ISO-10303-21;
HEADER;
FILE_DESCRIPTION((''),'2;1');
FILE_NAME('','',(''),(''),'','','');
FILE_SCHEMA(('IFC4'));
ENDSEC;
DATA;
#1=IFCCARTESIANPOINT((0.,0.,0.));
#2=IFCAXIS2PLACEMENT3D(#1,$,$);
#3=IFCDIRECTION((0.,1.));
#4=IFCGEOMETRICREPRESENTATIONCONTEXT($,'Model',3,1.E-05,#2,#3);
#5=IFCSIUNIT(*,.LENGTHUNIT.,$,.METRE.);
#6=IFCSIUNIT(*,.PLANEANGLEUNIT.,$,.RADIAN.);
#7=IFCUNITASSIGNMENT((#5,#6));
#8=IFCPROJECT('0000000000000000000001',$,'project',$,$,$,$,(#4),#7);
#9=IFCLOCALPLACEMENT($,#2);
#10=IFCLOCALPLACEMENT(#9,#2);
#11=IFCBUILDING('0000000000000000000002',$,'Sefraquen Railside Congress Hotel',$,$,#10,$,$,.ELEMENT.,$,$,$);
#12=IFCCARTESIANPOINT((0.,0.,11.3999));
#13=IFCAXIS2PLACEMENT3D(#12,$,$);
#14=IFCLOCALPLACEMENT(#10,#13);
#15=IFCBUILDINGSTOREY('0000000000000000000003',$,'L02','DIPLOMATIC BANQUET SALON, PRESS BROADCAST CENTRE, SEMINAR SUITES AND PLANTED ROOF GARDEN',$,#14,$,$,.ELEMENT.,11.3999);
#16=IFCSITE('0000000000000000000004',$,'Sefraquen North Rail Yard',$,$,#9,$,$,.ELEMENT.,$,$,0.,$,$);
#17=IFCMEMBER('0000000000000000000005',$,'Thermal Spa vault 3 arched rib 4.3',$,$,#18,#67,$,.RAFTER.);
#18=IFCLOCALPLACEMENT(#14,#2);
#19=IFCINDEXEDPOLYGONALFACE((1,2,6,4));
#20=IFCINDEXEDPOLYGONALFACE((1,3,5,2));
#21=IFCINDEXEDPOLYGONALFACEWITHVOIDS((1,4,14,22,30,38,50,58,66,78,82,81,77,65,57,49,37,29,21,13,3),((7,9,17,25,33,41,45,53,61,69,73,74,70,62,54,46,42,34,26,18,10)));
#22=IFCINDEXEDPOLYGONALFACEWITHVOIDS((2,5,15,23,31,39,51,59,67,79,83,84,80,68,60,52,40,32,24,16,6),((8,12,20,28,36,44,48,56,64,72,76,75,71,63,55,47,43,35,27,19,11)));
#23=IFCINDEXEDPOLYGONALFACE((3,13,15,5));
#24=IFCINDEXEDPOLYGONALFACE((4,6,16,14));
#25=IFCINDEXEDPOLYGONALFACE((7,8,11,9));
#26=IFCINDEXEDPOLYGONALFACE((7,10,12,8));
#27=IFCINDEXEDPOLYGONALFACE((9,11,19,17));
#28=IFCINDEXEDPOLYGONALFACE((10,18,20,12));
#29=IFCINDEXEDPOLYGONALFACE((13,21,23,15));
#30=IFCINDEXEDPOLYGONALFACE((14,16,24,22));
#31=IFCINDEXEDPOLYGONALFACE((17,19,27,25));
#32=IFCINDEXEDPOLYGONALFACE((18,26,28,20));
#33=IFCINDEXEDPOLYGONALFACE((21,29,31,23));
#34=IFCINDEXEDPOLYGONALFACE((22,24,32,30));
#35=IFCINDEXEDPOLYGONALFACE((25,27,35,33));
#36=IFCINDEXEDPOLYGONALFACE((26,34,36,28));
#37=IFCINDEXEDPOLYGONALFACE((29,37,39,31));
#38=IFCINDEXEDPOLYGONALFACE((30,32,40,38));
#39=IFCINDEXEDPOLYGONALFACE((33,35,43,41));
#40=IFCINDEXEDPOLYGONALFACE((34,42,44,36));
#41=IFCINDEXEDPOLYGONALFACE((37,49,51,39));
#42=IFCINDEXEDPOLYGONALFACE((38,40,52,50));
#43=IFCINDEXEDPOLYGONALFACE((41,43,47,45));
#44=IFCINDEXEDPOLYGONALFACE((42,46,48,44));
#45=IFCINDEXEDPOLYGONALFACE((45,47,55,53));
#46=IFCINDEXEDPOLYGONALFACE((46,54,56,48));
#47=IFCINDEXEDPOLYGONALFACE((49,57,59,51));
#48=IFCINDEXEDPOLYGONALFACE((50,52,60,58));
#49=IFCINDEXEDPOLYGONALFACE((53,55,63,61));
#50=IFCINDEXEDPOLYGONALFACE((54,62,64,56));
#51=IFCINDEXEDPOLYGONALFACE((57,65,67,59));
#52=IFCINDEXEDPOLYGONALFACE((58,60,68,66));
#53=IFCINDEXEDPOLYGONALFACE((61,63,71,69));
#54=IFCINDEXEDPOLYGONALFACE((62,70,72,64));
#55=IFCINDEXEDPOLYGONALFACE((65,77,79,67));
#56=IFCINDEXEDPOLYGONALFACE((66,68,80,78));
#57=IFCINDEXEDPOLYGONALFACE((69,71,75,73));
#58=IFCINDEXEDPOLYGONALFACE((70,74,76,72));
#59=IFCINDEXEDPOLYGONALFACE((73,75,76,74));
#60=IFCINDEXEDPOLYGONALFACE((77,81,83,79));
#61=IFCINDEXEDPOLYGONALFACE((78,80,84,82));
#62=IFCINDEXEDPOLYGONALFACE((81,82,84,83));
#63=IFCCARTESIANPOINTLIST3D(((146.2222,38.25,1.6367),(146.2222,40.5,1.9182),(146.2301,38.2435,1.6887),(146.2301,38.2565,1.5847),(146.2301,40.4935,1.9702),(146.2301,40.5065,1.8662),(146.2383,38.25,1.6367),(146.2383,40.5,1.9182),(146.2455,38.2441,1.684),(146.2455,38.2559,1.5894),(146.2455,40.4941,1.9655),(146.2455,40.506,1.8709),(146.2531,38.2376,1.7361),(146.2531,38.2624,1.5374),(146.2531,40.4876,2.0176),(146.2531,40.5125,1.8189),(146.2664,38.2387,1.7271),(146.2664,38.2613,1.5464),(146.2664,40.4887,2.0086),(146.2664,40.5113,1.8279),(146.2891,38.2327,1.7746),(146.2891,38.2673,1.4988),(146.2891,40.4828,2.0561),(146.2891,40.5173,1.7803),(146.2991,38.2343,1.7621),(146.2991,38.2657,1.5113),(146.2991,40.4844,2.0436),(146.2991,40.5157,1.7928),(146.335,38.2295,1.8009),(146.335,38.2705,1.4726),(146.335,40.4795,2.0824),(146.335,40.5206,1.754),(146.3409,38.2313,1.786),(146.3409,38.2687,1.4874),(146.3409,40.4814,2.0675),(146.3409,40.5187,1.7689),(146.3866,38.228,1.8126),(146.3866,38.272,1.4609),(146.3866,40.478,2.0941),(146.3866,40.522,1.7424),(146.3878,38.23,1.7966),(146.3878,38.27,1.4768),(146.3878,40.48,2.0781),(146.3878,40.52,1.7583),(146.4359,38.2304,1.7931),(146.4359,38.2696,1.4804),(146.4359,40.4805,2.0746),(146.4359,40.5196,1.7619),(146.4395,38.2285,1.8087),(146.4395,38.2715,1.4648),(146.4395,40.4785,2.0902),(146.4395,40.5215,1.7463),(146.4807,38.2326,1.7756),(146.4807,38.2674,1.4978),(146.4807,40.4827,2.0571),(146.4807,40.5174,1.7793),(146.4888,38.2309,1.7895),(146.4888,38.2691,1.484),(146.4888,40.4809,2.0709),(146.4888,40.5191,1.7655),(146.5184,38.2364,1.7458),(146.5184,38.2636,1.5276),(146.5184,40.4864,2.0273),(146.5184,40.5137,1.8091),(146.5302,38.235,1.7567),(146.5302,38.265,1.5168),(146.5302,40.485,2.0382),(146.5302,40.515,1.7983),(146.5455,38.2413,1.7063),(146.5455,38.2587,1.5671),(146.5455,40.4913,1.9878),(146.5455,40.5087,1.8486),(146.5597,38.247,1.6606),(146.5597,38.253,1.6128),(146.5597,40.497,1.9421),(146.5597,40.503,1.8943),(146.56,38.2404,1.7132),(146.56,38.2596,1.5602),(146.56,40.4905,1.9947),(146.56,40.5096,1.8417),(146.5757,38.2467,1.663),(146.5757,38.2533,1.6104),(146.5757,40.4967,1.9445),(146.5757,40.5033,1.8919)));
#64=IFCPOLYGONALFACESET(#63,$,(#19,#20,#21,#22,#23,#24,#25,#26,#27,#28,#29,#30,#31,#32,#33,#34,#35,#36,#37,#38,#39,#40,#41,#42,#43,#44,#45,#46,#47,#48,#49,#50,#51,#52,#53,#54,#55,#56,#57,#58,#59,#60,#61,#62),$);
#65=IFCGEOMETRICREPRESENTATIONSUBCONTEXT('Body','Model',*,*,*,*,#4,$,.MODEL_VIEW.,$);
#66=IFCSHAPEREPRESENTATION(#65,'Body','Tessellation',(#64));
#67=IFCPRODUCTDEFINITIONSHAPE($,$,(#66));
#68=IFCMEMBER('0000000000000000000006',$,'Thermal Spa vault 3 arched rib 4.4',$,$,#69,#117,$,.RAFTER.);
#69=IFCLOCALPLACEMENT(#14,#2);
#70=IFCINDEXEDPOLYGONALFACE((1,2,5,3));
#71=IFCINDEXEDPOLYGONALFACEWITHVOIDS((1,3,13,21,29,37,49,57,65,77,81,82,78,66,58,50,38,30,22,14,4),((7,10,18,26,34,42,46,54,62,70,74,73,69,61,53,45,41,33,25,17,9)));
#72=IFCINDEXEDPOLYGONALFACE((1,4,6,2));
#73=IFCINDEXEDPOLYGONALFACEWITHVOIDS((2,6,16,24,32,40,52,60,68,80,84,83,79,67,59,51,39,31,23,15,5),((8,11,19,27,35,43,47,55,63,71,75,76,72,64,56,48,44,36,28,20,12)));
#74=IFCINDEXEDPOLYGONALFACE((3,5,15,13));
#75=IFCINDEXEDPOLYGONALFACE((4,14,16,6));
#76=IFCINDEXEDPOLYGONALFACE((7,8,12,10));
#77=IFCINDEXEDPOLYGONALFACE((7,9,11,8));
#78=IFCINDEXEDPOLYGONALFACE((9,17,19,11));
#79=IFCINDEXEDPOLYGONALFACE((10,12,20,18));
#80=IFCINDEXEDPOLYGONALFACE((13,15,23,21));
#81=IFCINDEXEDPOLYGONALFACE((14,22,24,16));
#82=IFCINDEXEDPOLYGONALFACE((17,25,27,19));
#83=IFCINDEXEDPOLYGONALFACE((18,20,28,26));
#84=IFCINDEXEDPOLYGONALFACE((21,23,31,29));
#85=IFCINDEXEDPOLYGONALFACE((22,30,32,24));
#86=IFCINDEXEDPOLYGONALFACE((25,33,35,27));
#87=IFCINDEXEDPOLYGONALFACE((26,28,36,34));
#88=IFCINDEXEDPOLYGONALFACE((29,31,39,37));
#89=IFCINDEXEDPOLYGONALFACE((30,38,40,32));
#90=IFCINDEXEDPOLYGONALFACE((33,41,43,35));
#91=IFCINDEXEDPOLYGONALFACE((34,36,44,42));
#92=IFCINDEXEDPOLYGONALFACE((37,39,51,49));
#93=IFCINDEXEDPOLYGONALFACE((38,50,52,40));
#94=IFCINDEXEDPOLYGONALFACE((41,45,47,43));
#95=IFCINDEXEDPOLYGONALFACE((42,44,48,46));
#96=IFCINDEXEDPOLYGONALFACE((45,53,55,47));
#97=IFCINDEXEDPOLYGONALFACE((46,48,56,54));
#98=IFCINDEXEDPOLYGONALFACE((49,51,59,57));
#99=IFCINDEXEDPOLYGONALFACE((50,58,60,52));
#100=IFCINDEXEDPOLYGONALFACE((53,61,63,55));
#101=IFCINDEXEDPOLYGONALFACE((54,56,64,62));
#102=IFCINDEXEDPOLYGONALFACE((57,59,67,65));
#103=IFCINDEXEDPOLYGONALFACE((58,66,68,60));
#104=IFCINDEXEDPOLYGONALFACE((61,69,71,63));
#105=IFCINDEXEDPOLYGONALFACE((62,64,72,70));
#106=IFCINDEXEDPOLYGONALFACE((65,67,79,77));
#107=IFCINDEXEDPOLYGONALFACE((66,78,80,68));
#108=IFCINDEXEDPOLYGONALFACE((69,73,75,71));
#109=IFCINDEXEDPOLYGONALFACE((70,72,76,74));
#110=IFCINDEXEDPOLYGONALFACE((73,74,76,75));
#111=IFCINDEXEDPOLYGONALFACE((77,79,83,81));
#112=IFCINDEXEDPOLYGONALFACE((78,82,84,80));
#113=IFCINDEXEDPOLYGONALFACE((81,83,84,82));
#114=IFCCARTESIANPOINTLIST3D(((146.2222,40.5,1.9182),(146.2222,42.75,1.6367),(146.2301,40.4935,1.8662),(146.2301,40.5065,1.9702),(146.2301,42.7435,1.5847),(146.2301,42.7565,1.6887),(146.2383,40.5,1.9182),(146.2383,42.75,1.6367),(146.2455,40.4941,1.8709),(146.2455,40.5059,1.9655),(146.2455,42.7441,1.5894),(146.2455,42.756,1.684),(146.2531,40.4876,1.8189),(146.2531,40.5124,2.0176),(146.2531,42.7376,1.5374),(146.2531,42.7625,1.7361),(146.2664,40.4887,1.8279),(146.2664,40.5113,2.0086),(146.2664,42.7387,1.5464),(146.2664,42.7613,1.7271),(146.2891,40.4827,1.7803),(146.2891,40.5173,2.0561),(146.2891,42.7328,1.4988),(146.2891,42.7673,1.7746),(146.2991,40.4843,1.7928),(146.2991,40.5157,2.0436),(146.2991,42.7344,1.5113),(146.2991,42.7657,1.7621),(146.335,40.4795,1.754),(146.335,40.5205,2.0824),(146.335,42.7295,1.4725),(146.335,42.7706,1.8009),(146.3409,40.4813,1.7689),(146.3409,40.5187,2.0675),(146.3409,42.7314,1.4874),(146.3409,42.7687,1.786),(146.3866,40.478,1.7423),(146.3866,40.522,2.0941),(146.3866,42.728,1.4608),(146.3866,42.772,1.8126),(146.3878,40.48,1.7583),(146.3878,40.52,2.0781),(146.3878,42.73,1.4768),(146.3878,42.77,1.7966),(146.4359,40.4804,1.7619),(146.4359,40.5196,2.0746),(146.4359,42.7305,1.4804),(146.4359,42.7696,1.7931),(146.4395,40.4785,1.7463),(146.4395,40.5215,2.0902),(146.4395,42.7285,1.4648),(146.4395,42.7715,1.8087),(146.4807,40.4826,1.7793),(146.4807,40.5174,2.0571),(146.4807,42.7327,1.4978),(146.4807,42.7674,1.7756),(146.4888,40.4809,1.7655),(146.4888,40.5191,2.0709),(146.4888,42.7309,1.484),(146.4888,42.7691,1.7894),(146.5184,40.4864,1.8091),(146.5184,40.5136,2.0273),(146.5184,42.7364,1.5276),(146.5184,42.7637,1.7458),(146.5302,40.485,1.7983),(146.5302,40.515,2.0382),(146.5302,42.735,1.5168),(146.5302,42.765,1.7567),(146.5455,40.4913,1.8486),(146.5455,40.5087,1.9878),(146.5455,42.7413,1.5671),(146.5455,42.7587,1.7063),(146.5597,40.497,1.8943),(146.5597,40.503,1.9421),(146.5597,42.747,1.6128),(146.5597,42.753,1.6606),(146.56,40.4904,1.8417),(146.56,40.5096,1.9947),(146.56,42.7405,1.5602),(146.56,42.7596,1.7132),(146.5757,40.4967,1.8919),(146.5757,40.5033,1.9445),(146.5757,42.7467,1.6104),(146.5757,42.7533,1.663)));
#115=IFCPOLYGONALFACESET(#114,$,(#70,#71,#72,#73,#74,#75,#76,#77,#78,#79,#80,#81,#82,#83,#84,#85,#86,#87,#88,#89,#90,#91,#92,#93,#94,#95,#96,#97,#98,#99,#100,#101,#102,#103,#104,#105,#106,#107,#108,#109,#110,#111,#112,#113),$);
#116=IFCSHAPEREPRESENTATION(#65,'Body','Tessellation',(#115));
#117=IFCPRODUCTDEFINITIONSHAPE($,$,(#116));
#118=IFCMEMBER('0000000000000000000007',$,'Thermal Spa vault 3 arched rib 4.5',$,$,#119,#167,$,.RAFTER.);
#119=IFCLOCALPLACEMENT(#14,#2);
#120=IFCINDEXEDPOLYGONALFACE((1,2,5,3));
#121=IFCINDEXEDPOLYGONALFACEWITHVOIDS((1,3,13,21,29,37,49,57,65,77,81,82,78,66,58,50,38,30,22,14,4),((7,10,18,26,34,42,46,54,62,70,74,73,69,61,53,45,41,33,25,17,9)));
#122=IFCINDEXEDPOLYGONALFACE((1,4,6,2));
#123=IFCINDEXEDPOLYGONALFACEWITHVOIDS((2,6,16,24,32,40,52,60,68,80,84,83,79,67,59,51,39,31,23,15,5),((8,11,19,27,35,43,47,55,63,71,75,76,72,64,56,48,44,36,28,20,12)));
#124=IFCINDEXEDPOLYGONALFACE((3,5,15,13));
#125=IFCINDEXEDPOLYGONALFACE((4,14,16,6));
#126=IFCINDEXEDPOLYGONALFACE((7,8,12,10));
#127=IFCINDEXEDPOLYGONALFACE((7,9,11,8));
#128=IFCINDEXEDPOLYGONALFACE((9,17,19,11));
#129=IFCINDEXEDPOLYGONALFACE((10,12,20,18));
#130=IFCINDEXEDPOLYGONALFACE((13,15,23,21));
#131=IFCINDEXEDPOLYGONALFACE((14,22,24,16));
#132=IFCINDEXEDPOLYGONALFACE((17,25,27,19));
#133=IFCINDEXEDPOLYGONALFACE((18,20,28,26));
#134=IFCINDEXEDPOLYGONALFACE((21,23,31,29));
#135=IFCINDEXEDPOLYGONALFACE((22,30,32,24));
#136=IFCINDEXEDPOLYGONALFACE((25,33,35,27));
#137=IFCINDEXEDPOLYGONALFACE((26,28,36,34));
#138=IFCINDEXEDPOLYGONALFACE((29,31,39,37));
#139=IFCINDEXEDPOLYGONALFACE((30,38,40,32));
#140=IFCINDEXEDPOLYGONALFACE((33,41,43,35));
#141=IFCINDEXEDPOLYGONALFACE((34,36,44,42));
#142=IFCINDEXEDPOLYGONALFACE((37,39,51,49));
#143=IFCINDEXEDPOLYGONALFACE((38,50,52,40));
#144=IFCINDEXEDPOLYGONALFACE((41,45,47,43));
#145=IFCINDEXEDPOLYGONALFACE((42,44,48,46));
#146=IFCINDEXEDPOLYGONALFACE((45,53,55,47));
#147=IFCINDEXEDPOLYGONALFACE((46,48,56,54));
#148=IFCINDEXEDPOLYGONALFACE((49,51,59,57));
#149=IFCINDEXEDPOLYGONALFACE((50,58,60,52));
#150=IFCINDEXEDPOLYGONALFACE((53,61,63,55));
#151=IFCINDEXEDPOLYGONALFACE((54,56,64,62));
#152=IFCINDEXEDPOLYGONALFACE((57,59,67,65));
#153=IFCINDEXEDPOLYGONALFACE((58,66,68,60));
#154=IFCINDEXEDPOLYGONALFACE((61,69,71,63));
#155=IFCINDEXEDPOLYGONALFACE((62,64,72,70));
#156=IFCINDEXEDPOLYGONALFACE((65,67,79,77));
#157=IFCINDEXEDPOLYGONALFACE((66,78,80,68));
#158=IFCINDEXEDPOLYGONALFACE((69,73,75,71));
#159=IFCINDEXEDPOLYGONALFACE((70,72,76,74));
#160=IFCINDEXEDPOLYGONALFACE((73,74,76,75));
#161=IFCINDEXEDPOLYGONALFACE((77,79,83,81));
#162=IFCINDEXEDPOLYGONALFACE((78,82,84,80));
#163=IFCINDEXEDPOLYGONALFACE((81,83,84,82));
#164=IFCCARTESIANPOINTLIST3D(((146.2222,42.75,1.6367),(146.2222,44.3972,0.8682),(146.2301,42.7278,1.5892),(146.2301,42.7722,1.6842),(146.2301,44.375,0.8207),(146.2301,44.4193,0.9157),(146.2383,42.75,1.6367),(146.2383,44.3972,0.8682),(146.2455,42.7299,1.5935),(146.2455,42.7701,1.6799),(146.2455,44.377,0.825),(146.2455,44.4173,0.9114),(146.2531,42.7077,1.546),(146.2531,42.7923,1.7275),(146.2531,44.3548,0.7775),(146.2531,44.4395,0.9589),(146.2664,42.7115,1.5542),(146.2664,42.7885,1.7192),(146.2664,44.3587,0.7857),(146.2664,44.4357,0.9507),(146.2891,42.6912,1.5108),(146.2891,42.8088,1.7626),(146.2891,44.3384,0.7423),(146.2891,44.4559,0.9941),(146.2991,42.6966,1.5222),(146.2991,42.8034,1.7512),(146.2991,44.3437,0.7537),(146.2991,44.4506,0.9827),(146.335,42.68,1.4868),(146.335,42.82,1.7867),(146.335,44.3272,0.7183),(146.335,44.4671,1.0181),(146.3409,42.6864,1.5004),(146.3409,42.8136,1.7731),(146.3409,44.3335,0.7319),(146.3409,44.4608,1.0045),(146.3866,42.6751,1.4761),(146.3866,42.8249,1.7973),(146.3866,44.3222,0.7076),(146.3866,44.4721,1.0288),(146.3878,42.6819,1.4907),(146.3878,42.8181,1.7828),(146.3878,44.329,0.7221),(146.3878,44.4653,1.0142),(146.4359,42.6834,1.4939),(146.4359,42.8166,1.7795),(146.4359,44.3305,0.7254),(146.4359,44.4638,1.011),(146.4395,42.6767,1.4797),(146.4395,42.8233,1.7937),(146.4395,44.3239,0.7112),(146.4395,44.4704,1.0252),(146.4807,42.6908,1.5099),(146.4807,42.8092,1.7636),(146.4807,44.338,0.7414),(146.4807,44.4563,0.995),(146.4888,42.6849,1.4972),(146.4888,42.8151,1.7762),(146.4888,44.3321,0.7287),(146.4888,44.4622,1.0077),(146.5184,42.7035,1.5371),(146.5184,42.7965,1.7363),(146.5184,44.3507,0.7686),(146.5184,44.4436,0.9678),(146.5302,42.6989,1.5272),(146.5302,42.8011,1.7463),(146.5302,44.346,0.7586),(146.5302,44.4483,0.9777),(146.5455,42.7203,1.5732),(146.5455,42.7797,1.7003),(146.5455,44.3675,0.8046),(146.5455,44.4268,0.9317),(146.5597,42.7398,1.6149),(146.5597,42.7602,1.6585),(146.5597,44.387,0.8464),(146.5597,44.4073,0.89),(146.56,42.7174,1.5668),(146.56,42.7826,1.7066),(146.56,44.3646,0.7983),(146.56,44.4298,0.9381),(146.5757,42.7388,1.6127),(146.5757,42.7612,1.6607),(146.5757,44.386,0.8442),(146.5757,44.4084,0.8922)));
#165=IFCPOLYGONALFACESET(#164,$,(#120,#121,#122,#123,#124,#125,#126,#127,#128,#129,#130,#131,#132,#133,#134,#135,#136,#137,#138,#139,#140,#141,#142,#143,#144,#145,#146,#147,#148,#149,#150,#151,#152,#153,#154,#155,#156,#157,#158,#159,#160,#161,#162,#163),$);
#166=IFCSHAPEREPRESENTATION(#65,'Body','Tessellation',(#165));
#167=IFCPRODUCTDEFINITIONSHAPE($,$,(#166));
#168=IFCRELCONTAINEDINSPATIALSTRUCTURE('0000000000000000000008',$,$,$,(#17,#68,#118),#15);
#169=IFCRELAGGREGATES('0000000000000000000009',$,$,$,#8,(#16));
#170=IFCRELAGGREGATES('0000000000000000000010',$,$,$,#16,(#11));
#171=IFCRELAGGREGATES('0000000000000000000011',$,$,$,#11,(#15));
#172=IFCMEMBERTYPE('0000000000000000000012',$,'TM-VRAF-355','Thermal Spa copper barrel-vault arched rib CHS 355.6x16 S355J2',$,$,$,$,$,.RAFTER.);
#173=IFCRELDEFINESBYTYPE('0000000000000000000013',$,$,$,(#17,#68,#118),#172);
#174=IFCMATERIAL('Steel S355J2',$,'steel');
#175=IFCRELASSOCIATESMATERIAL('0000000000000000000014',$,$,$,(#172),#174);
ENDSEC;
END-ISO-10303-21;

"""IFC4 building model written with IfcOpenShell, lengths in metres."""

from ifc_helpers import new_model, si_unit, direction, frame, origin, origin_2d, place, context, subcontext, project, spatial, hollow_circle, extrude, material, material_profile, profile_set, type_object, element, save


model = new_model("IFC4")

# Units and contexts
model_context = context("Model", 3, precision=1e-05, world=origin(), true_north=direction((0.0, 1.0)))
body_context = subcontext(model_context, "Body", "Model", "MODEL_VIEW")
ifc_project = project(units=[si_unit("LENGTHUNIT", "METRE"), si_unit("PLANEANGLEUNIT", "RADIAN")], contexts=[model_context])

# Site, building, storey
site_placement = place(None, origin())
site = spatial("IfcSite", under=ifc_project, at=site_placement, Name="Sefraquen North Rail Yard", CompositionType="ELEMENT", RefElevation=0.0)
building_placement = place(site_placement, origin())
building = spatial("IfcBuilding", under=site, at=building_placement, Name="Sefraquen Railside Congress Hotel", CompositionType="ELEMENT")
storey_placement = place(building_placement, frame((0.0, 0.0, 11.3999)))
storey = spatial("IfcBuildingStorey", under=building, at=storey_placement, Name="L02", Description="DIPLOMATIC BANQUET SALON, PRESS BROADCAST CENTRE, SEMINAR SUITES AND PLANTED ROOF GARDEN", CompositionType="ELEMENT", Elevation=11.3999)

# Members
ifc_material_1 = material(Name="Steel S355J2", Category="steel")
ifc_material_profile_1 = material_profile(ifc_material_1, hollow_circle(Radius=0.1777, WallThickness=0.0161, at=origin_2d()), Name="CHS 355.6x16")
ifc_profile_set_1 = profile_set([ifc_material_profile_1], Name="Steel S355J2")
member_type = type_object("IfcMemberType", Name="TM-VRAF-355", Description="Thermal Spa copper barrel-vault arched rib CHS 355.6x16 S355J2", PredefinedType="RAFTER", material=ifc_profile_set_1)
for number, where, z_axis, x_axis, name in (
    (1, (146.3999, 38.25, 1.6367), (0.0, 0.992265, 0.124141), (-1.0, 0.0, 0.0), "Thermal Spa vault 3 arched rib 4.3"),
    (2, (146.3999, 40.5, 1.9182), (0.0, 0.992265, -0.124141), (-1.0, 0.0, 0.0), "Thermal Spa vault 3 arched rib 4.4"),
):
    element("IfcMember", number, at=place(storey_placement, frame(where, z_axis=z_axis, x_axis=x_axis)), inside=storey, type_object=member_type, Name=name, PredefinedType="RAFTER", context=body_context, shape_type="SweptSolid", body=[
        extrude(hollow_circle(Radius=0.1777, WallThickness=0.0161, at=origin_2d()), origin(), (0.0, 0.0, 1.0), 2.2676),
    ])
member_1_placement = place(storey_placement, frame((146.3999, 42.75, 1.6367), z_axis=(0.0, 0.906214, -0.422819), x_axis=(-1.0, 0.0, 0.0)))
element("IfcMember", 3, at=member_1_placement, inside=storey, type_object=member_type, Name="Thermal Spa vault 3 arched rib 4.5", PredefinedType="RAFTER", context=body_context, shape_type="SweptSolid", body=[
    extrude(hollow_circle(Radius=0.1777, WallThickness=0.0161, at=origin_2d()), origin(), (0.0, 0.0, 1.0), 1.8176),
])

save(model, "model.ifc")
